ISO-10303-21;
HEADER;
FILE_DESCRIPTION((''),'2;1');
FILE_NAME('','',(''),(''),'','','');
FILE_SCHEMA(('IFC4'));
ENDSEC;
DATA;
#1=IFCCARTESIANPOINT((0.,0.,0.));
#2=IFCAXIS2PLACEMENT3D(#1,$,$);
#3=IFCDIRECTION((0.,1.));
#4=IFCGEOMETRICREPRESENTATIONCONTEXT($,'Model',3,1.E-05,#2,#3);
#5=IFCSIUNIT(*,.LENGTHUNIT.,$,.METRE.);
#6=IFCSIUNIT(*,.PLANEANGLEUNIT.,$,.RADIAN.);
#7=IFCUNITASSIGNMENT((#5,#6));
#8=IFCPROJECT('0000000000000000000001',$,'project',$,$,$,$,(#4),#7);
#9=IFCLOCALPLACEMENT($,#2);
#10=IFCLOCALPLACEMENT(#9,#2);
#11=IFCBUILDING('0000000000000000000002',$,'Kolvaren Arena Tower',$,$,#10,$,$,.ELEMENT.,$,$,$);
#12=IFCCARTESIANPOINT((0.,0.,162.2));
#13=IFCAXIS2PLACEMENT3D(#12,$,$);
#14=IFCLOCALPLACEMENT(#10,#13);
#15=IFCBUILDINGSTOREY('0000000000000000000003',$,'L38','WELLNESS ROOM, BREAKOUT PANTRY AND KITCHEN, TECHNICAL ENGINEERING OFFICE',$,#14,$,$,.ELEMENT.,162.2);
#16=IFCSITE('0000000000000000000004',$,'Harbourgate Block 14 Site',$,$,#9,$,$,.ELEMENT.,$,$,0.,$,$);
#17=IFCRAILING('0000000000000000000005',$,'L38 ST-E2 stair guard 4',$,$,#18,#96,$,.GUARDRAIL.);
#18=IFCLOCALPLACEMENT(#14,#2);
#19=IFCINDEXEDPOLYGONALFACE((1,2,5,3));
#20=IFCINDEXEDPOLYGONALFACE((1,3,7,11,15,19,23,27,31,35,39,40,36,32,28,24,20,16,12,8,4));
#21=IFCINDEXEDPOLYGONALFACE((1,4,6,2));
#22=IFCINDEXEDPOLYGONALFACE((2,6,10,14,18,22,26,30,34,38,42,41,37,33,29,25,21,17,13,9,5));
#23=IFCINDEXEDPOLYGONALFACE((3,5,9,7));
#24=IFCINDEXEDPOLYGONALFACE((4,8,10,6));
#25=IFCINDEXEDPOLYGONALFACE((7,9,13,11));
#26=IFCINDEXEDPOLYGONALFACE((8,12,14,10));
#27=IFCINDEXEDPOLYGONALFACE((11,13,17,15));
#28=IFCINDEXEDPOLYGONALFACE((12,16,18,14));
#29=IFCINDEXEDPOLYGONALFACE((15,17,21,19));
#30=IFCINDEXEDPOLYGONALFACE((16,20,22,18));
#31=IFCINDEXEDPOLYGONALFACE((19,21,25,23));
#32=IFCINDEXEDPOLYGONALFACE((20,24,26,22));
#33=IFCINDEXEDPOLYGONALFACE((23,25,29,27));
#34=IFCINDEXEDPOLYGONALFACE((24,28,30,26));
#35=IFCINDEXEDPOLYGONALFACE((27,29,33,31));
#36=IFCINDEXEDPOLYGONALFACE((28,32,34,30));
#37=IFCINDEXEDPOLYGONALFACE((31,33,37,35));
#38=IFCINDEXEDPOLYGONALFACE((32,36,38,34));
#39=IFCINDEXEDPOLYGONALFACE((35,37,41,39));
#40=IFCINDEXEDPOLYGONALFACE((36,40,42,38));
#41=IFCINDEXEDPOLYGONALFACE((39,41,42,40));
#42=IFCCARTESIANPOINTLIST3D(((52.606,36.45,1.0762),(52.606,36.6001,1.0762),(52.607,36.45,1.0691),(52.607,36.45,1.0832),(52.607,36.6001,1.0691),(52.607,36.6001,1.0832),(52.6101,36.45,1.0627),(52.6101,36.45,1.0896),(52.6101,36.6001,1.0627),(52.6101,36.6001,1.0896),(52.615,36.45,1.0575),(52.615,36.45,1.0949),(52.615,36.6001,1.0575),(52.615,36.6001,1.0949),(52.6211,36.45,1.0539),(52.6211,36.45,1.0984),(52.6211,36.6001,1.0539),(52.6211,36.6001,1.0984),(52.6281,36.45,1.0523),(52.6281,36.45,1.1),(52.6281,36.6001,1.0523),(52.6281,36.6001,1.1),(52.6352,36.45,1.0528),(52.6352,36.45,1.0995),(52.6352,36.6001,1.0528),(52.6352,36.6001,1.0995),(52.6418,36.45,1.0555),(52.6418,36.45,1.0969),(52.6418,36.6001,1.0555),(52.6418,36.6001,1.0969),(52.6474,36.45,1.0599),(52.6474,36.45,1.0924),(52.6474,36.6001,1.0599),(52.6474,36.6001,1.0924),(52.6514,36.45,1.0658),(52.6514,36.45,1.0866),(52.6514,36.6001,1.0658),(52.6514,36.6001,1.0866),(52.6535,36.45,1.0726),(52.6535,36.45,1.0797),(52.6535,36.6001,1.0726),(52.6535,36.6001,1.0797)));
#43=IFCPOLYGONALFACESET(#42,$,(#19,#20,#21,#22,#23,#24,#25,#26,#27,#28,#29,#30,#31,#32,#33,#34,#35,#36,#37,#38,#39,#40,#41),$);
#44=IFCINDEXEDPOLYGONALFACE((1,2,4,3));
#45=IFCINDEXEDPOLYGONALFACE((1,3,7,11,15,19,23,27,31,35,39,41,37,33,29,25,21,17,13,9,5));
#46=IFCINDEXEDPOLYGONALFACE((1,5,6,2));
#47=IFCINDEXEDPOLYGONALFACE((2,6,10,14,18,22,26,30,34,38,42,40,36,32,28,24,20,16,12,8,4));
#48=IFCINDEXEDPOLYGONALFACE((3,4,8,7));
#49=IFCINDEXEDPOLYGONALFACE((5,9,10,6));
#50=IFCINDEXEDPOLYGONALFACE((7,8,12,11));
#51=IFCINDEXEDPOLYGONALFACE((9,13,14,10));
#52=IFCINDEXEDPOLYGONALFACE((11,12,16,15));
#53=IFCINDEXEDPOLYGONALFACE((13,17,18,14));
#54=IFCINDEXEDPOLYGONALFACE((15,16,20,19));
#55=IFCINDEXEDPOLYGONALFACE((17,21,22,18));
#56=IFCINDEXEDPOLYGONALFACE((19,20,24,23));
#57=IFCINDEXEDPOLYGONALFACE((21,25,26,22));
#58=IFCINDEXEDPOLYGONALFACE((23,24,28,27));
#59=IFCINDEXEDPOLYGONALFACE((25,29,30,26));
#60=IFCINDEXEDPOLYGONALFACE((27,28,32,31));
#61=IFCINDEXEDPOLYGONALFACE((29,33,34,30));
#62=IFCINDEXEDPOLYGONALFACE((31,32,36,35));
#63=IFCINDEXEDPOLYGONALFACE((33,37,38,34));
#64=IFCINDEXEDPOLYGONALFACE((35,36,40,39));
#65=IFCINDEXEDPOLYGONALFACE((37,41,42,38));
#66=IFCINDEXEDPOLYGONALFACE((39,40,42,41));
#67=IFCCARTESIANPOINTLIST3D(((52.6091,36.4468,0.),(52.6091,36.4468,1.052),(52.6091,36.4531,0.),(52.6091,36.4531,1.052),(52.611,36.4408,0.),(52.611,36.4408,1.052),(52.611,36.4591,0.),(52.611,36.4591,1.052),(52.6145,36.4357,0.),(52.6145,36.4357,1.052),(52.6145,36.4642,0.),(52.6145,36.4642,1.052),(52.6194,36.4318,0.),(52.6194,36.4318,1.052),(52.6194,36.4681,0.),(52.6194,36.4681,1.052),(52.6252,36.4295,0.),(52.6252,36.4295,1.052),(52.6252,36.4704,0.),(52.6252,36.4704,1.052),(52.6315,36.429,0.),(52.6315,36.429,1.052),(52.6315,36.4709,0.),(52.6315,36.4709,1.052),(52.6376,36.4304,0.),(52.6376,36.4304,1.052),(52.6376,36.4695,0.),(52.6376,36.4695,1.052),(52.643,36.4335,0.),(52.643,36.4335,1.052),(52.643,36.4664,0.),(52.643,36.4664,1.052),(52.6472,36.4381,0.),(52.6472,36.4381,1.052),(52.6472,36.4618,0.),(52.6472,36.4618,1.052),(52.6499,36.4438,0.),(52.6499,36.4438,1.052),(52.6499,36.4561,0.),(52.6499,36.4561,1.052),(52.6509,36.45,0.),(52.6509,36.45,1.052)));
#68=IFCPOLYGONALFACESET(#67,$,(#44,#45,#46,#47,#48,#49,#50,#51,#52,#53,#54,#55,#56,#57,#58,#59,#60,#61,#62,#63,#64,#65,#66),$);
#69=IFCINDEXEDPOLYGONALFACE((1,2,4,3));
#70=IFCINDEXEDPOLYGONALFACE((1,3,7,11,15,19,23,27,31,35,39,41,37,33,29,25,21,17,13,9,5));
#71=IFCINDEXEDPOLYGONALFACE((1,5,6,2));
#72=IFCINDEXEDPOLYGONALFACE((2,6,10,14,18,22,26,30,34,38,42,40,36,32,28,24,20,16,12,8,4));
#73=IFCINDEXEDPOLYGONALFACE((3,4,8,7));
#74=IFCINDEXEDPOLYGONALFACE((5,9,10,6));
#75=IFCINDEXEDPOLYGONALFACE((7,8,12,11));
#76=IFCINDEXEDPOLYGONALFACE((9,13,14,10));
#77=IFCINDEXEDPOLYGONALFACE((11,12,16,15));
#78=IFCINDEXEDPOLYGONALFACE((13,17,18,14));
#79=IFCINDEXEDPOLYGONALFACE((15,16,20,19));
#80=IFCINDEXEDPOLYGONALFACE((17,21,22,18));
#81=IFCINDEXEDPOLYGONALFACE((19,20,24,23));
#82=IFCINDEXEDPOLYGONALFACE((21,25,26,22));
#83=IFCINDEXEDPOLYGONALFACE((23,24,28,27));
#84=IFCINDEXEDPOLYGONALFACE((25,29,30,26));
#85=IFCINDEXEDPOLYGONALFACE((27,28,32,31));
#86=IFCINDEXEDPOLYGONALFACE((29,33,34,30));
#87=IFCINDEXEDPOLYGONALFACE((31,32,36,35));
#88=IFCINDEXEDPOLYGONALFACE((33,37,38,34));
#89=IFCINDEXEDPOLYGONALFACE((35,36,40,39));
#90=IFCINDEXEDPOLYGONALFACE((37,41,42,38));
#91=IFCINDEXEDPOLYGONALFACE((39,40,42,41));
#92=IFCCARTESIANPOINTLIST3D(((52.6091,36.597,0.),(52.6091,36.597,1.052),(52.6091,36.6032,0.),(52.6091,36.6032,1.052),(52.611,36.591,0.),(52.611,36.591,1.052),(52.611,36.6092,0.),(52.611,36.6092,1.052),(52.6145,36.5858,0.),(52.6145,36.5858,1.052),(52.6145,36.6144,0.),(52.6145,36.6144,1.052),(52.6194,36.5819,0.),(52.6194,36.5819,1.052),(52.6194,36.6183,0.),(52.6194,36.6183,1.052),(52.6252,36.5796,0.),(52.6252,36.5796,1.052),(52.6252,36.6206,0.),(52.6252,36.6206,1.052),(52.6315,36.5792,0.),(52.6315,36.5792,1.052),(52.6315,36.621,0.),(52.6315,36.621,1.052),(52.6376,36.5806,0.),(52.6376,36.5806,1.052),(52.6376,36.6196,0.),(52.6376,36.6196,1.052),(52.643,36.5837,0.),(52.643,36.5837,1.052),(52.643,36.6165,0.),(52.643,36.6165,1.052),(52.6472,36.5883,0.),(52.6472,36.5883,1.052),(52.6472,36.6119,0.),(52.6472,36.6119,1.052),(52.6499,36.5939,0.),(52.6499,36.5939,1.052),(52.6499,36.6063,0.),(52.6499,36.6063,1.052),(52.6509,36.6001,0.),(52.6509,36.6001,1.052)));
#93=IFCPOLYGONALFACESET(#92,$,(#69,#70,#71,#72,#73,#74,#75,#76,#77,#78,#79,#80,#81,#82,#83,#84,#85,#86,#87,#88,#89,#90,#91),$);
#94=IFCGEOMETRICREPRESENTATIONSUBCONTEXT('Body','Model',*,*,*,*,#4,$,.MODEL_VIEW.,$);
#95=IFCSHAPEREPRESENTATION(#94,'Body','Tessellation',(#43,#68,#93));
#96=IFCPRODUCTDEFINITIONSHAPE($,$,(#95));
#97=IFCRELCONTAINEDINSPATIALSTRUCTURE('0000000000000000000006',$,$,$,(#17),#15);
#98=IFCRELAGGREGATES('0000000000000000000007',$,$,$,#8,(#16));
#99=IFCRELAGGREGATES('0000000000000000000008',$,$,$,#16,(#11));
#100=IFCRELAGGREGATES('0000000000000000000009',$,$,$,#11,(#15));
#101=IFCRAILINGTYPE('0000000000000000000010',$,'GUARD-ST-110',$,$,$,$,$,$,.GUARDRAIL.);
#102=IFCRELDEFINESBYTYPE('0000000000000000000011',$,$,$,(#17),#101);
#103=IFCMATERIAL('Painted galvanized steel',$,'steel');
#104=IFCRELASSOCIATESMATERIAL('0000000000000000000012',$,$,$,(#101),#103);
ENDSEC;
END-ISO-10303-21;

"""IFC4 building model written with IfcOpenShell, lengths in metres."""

from ifc_helpers import new_model, si_unit, direction, frame, origin, origin_2d, place, context, subcontext, project, spatial, circle, extrude, material, type_object, element, save


model = new_model("IFC4")

# Units and contexts
model_context = context("Model", 3, precision=1e-05, world=origin(), true_north=direction((0.0, 1.0)))
body_context = subcontext(model_context, "Body", "Model", "MODEL_VIEW")
ifc_project = project(units=[si_unit("LENGTHUNIT", "METRE"), si_unit("PLANEANGLEUNIT", "RADIAN")], contexts=[model_context])

# Site, building, storey
site_placement = place(None, origin())
site = spatial("IfcSite", under=ifc_project, at=site_placement, Name="Harbourgate Block 14 Site", CompositionType="ELEMENT", RefElevation=0.0)
building_placement = place(site_placement, origin())
building = spatial("IfcBuilding", under=site, at=building_placement, Name="Kolvaren Arena Tower", CompositionType="ELEMENT")
storey_placement = place(building_placement, frame((0.0, 0.0, 162.2)))
storey = spatial("IfcBuildingStorey", under=building, at=storey_placement, Name="L38", Description="WELLNESS ROOM, BREAKOUT PANTRY AND KITCHEN, TECHNICAL ENGINEERING OFFICE", CompositionType="ELEMENT", Elevation=162.2)

# Railing
ifc_material_1 = material(Name="Painted galvanized steel", Category="steel")
railing_type_1 = type_object("IfcRailingType", Name="GUARD-ST-110", PredefinedType="GUARDRAIL", material=ifc_material_1)
railing_1_placement = place(storey_placement, frame((52.6299, 36.45, 0.0)))
element("IfcRailing", 1, at=railing_1_placement, inside=storey, type_object=railing_type_1, Name="L38 ST-E2 stair guard 4", PredefinedType="GUARDRAIL", context=body_context, shape_type="SweptSolid", body=[
    extrude(circle(Radius=0.0239, at=origin_2d()), frame((0.0, 0.0, 1.0762), z_axis=(0.0, 1.0, 0.0), x_axis=(-1.0, 0.0, 0.0)), (0.0, 0.0, 1.0), 0.1501),
    extrude(circle(Radius=0.021, at=origin_2d()), origin(), (0.0, 0.0, 1.0), 1.052),
    extrude(circle(Radius=0.021, at=origin_2d()), frame((0.0, 0.1501, 0.0)), (0.0, 0.0, 1.0), 1.052),
])

save(model, "model.ifc")
